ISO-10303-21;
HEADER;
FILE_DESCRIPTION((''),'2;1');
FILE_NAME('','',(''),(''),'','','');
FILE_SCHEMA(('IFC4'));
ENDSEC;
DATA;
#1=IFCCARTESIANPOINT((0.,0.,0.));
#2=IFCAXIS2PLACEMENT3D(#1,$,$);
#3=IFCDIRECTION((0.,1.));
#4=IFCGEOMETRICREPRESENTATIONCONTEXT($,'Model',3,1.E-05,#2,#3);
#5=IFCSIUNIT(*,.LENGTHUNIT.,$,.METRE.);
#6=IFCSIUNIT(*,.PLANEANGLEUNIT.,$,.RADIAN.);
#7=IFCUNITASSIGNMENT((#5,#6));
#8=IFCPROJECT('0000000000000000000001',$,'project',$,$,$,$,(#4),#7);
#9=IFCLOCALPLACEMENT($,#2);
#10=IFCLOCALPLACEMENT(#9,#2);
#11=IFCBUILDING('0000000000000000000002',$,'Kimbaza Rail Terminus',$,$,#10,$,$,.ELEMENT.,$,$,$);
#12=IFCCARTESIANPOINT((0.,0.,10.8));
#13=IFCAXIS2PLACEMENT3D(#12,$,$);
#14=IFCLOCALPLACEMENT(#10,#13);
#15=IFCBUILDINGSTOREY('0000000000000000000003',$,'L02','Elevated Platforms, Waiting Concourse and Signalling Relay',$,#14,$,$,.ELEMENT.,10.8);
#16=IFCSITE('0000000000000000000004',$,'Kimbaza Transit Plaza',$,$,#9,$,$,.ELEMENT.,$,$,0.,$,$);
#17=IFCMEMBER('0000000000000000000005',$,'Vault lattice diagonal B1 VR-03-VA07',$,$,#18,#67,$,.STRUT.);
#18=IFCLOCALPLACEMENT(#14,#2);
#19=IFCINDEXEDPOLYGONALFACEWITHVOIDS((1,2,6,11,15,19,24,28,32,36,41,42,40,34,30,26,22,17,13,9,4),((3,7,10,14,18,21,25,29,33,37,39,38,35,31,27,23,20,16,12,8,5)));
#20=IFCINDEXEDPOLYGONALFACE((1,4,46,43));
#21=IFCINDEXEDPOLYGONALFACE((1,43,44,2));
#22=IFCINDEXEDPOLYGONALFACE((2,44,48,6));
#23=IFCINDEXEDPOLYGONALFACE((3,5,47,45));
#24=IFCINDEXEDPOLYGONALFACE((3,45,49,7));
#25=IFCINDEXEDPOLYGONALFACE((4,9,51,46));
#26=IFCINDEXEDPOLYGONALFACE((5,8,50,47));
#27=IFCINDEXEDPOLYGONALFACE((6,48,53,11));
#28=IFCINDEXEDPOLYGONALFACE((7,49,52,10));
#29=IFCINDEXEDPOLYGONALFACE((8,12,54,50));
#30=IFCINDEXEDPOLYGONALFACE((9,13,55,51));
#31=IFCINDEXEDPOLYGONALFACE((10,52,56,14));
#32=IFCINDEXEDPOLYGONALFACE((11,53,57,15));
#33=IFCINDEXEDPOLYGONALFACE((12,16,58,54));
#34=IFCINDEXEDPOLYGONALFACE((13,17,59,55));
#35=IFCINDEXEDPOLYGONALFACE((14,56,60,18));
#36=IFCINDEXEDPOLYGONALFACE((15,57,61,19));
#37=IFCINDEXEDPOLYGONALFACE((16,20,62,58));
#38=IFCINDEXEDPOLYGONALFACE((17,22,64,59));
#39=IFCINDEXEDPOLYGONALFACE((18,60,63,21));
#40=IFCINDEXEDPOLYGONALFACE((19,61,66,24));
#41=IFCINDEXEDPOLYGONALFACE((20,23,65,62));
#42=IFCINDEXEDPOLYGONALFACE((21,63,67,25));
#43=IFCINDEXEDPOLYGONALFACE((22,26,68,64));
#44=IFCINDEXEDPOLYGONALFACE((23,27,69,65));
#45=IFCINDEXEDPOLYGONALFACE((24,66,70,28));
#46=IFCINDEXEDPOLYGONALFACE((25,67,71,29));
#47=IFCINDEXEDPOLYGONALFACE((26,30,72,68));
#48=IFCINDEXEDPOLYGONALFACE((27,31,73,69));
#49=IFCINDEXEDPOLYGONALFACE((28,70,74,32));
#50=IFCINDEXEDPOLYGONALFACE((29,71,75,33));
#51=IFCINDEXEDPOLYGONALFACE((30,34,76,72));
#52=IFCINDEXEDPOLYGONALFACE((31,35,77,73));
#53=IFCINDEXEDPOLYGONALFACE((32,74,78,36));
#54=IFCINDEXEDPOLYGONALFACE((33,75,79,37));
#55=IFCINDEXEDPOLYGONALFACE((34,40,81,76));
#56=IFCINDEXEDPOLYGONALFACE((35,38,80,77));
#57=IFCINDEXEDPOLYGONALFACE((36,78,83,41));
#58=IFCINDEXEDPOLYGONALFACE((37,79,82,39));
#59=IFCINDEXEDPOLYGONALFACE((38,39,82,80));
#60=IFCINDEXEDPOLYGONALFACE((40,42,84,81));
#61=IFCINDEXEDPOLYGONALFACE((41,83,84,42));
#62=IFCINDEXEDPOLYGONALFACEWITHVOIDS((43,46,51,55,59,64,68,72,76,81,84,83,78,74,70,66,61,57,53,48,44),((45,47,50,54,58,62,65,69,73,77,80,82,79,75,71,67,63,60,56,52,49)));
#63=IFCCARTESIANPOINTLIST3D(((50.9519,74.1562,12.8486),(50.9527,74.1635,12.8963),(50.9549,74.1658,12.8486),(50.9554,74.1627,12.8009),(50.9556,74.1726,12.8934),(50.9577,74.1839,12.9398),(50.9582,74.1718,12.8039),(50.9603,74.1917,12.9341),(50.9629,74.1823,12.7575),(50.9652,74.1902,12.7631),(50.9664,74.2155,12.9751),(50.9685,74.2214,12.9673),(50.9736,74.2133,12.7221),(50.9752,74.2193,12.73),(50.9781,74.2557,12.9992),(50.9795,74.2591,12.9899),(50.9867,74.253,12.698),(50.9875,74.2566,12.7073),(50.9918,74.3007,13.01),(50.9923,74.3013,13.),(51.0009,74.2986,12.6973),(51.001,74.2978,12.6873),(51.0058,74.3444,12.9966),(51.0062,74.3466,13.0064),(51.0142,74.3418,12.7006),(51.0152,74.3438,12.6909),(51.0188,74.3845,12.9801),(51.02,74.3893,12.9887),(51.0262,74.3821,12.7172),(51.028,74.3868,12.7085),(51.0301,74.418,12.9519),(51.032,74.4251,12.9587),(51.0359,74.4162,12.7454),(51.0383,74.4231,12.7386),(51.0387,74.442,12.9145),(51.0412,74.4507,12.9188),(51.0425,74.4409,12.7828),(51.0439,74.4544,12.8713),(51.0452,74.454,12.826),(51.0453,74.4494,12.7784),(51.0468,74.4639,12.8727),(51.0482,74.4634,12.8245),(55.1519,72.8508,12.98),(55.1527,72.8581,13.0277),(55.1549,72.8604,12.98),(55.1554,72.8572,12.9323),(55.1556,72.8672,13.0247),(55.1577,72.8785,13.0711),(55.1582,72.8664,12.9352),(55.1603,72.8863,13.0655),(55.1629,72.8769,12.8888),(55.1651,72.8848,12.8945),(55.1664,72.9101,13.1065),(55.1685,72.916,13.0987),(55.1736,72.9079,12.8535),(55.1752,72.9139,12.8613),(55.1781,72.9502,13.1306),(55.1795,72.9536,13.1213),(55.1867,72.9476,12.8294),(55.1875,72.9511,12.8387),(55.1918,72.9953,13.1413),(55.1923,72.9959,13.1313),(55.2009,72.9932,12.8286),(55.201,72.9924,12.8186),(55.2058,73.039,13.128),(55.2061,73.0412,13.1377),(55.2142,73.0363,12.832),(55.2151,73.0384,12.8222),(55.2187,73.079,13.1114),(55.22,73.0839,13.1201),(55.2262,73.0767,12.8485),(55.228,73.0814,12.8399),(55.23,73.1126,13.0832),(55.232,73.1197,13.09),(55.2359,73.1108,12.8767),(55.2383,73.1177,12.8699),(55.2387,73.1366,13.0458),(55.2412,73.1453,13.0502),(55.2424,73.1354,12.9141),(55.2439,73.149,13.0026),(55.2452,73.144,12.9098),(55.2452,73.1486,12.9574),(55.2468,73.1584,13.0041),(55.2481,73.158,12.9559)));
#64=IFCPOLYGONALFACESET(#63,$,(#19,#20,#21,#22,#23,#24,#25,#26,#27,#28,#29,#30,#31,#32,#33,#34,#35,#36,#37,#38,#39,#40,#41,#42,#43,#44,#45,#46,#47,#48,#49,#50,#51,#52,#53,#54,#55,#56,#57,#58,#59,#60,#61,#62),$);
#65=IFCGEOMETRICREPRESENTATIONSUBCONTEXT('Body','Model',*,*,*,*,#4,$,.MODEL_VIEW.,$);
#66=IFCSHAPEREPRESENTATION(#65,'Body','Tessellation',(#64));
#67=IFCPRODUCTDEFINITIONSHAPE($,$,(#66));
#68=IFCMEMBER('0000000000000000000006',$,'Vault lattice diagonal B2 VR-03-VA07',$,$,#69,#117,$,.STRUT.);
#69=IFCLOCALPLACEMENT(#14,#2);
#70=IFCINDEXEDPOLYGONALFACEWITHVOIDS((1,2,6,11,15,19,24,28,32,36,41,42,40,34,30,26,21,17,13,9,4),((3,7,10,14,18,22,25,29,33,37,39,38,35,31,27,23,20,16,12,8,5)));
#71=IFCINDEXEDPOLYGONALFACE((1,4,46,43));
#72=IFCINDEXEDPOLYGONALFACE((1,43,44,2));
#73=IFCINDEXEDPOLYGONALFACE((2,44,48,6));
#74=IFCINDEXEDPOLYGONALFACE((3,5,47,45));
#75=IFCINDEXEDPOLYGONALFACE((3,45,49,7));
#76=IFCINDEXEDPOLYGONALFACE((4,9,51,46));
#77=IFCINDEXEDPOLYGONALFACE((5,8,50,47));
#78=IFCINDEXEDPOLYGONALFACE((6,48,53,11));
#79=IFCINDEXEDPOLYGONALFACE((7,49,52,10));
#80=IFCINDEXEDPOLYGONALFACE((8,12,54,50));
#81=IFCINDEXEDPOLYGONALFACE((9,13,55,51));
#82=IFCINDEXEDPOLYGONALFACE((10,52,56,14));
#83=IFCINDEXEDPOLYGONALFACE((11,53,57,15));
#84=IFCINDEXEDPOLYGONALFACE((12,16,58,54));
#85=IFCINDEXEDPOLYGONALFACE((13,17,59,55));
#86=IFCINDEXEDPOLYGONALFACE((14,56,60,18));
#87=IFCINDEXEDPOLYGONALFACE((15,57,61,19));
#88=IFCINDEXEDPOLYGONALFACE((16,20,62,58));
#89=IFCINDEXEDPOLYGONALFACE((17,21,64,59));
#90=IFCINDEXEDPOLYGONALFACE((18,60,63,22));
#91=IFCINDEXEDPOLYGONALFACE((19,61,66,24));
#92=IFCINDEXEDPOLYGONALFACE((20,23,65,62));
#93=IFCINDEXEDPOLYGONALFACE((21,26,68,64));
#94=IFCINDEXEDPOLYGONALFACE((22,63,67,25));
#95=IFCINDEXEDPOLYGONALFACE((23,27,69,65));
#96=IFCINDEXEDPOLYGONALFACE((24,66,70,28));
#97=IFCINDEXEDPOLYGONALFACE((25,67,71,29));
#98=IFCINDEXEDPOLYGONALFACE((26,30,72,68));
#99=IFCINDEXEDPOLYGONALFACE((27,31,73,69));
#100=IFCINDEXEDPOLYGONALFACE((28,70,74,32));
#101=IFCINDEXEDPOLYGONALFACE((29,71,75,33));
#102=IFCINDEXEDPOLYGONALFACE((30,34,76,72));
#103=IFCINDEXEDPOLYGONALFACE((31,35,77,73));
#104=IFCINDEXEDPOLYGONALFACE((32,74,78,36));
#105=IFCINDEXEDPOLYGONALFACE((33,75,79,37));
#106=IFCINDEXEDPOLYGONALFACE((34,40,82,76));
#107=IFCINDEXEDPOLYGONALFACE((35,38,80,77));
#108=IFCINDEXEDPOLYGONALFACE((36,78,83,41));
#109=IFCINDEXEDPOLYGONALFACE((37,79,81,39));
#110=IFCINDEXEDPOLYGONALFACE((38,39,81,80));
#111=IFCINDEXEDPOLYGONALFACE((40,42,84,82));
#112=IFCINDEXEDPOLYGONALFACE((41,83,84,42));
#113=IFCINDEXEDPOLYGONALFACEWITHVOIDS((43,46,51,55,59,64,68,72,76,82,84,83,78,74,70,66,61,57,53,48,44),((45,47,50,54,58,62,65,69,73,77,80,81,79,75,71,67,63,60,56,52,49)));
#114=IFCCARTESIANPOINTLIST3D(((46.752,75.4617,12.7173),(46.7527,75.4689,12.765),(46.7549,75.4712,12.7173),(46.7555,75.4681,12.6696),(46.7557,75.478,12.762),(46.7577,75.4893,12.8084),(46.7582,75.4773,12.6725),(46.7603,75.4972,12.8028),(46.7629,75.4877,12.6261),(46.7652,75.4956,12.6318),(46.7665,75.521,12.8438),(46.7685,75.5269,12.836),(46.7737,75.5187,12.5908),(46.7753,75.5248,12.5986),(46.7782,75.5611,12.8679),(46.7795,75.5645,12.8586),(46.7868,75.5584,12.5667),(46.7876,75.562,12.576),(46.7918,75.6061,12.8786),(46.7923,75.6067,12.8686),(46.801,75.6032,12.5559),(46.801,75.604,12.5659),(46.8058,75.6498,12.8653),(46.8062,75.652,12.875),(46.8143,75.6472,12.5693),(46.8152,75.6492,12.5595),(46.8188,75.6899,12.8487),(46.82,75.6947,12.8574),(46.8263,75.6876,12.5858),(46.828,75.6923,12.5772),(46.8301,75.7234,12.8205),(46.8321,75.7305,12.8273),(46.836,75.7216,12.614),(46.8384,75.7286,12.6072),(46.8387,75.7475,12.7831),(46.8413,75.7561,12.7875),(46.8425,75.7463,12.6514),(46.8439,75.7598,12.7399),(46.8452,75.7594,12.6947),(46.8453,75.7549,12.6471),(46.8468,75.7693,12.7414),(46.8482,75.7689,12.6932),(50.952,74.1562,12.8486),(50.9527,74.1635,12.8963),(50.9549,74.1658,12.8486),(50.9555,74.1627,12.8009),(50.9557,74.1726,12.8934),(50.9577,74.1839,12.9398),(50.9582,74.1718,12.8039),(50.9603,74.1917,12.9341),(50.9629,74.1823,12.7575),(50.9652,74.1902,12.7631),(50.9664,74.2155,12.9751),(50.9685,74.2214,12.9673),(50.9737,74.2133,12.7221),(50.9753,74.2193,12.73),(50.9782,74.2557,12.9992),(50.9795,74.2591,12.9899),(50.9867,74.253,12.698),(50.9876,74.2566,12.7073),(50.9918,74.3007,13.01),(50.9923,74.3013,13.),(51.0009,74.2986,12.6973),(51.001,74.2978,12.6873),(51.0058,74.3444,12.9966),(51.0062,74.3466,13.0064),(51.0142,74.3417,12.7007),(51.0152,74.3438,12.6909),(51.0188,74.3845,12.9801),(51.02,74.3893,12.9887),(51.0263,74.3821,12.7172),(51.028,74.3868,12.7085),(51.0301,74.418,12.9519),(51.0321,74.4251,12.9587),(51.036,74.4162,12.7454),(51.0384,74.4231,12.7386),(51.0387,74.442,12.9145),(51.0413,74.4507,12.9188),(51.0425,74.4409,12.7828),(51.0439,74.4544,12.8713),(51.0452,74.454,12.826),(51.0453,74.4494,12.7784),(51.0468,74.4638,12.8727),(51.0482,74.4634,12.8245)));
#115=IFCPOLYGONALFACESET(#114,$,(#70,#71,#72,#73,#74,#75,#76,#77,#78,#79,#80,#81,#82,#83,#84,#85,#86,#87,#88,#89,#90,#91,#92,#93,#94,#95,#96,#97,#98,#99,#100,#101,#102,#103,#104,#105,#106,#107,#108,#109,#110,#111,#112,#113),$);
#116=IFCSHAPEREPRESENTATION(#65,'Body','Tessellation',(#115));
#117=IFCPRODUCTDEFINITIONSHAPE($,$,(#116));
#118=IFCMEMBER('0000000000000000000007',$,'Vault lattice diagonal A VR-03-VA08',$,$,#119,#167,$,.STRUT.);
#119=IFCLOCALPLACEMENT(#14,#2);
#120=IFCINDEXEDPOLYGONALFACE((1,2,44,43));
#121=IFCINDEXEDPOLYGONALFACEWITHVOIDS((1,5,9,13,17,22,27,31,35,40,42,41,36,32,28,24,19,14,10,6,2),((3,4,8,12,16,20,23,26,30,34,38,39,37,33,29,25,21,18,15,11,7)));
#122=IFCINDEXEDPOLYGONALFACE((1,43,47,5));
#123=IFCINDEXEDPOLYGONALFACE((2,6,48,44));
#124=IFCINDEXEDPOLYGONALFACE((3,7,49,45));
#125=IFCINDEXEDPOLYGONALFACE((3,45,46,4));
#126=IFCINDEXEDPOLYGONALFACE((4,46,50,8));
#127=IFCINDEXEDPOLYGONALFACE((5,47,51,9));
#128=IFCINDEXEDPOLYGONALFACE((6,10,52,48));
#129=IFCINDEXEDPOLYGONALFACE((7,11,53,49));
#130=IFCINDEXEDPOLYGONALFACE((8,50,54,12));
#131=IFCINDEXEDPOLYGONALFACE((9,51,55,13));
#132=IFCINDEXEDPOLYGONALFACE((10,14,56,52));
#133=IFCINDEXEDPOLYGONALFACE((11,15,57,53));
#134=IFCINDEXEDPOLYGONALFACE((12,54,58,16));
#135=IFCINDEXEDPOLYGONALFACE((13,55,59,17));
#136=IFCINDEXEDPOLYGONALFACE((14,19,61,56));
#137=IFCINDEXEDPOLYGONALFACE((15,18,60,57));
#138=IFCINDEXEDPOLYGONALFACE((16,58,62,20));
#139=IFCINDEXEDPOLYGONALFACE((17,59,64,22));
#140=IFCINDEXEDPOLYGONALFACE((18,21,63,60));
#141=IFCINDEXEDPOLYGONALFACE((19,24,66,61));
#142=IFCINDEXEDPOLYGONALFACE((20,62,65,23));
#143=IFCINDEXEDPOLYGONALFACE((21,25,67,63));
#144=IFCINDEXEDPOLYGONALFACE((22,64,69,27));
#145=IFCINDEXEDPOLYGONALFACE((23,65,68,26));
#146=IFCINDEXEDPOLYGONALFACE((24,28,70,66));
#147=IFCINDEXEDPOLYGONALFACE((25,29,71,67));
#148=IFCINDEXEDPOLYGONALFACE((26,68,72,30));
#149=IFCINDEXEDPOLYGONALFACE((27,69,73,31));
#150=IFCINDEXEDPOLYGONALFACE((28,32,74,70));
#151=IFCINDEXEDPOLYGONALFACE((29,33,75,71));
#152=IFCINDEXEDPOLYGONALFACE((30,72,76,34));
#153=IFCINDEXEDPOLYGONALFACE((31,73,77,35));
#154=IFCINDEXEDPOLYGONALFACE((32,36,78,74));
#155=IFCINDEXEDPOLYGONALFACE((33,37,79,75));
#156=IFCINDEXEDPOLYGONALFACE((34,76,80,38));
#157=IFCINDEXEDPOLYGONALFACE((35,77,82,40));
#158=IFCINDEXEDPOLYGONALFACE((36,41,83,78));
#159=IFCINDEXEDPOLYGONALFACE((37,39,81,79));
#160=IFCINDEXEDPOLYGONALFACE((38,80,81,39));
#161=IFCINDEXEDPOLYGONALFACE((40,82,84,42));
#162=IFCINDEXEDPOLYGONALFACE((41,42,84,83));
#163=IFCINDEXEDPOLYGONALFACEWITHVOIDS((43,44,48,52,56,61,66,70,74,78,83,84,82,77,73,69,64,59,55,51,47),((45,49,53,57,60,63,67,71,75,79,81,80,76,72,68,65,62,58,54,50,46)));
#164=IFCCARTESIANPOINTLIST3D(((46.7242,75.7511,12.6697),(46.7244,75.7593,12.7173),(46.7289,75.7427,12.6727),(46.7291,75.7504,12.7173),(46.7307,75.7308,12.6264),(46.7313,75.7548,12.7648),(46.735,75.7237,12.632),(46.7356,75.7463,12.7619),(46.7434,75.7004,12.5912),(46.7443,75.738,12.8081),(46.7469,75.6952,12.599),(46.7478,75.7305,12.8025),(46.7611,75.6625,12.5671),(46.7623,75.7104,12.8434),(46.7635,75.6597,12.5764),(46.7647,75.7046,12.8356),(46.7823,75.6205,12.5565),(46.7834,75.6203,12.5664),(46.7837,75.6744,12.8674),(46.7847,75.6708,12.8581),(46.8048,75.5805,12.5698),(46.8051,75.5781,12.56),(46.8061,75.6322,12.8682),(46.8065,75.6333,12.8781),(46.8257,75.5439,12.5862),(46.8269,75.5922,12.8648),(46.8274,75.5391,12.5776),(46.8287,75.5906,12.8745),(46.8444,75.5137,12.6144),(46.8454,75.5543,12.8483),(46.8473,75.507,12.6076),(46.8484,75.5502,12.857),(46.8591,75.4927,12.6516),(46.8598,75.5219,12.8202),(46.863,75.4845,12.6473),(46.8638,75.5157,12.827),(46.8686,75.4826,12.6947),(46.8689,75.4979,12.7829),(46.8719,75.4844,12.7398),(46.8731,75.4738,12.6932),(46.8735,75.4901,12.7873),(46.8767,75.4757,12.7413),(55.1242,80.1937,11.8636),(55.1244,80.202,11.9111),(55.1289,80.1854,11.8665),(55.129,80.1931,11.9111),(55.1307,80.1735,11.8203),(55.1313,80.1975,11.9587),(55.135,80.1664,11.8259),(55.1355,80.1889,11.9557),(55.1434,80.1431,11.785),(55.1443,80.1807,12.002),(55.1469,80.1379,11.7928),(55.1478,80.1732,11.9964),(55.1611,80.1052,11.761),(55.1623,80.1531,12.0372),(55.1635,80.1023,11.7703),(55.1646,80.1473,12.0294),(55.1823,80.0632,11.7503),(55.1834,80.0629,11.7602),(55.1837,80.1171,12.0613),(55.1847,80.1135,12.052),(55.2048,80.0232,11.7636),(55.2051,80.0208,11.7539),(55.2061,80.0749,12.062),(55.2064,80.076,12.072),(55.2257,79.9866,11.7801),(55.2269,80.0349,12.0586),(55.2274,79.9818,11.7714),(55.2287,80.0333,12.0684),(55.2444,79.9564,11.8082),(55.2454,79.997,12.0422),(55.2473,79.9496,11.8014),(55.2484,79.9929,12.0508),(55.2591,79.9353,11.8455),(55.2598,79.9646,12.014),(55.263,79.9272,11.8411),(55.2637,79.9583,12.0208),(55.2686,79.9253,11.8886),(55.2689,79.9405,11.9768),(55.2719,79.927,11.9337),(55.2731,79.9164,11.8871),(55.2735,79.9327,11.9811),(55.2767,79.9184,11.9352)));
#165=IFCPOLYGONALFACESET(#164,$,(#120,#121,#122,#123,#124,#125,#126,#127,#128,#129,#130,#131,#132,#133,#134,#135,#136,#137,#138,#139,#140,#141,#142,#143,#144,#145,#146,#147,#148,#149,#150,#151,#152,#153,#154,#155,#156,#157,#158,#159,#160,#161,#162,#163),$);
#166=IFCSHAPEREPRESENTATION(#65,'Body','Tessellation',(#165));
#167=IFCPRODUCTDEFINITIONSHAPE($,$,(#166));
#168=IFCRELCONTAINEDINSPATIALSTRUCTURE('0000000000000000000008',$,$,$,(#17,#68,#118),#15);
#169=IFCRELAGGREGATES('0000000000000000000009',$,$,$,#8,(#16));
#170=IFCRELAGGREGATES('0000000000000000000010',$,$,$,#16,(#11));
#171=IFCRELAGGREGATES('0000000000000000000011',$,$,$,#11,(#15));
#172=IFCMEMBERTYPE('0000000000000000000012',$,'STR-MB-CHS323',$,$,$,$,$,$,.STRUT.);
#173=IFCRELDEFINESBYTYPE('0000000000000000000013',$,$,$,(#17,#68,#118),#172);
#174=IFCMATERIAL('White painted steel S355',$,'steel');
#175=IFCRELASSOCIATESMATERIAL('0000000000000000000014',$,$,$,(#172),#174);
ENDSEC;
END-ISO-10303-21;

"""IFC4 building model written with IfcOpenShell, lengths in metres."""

from ifc_helpers import new_model, si_unit, direction, frame, origin, origin_2d, place, context, subcontext, project, spatial, hollow_circle, extrude, material, material_profile, profile_set, type_object, element, save


model = new_model("IFC4")

# Units and contexts
model_context = context("Model", 3, precision=1e-05, world=origin(), true_north=direction((0.0, 1.0)))
body_context = subcontext(model_context, "Body", "Model", "MODEL_VIEW")
ifc_project = project(units=[si_unit("LENGTHUNIT", "METRE"), si_unit("PLANEANGLEUNIT", "RADIAN")], contexts=[model_context])

# Site, building, storey
site_placement = place(None, origin())
site = spatial("IfcSite", under=ifc_project, at=site_placement, Name="Kimbaza Transit Plaza", CompositionType="ELEMENT", RefElevation=0.0)
building_placement = place(site_placement, origin())
building = spatial("IfcBuilding", under=site, at=building_placement, Name="Kimbaza Rail Terminus", CompositionType="ELEMENT")
storey_placement = place(building_placement, frame((0.0, 0.0, 10.8)))
storey = spatial("IfcBuildingStorey", under=building, at=storey_placement, Name="L02", Description="Elevated Platforms, Waiting Concourse and Signalling Relay", CompositionType="ELEMENT", Elevation=10.8)

# Members
ifc_material_1 = material(Name="White painted steel S355", Category="steel")
ifc_material_profile_1 = material_profile(ifc_material_1, hollow_circle(Radius=0.1619, WallThickness=0.01, at=origin_2d()), Name="CHS 323.9x10")
ifc_profile_set_1 = profile_set([ifc_material_profile_1], Name="White painted steel S355")
member_type_1 = type_object("IfcMemberType", Name="STR-MB-CHS323", PredefinedType="STRUT", material=ifc_profile_set_1)
for number, where, z_axis, x_axis, name in (
    (1, (55.2, 73.0054, 12.98), (-0.954511, 0.296679, -0.029851), (-0.296811, -0.954936, 0.0), "Vault lattice diagonal B1 VR-03-VA07"),
    (2, (51.0, 74.3108, 12.8486), (-0.954511, 0.296679, -0.029851), (-0.296811, -0.954936, 0.0), "Vault lattice diagonal B2 VR-03-VA07"),
):
    element("IfcMember", number, at=place(storey_placement, frame(where, z_axis=z_axis, x_axis=x_axis)), inside=storey, type_object=member_type_1, Name=name, PredefinedType="STRUT", context=body_context, shape_type="SweptSolid", body=[
        extrude(hollow_circle(Radius=0.1619, WallThickness=0.01, at=origin_2d()), origin(), (0.0, 0.0, 1.0), 4.4001),
    ])
member_1_placement = place(storey_placement, frame((46.8, 75.6162, 12.7173), z_axis=(0.880814, 0.465854, -0.084533), x_axis=(-0.467528, 0.883978, 0.0)))
element("IfcMember", 3, at=member_1_placement, inside=storey, type_object=member_type_1, Name="Vault lattice diagonal A VR-03-VA08", PredefinedType="STRUT", context=body_context, shape_type="SweptSolid", body=[
    extrude(hollow_circle(Radius=0.1619, WallThickness=0.01, at=origin_2d()), origin(), (0.0, 0.0, 1.0), 9.5366),
])

save(model, "model.ifc")
